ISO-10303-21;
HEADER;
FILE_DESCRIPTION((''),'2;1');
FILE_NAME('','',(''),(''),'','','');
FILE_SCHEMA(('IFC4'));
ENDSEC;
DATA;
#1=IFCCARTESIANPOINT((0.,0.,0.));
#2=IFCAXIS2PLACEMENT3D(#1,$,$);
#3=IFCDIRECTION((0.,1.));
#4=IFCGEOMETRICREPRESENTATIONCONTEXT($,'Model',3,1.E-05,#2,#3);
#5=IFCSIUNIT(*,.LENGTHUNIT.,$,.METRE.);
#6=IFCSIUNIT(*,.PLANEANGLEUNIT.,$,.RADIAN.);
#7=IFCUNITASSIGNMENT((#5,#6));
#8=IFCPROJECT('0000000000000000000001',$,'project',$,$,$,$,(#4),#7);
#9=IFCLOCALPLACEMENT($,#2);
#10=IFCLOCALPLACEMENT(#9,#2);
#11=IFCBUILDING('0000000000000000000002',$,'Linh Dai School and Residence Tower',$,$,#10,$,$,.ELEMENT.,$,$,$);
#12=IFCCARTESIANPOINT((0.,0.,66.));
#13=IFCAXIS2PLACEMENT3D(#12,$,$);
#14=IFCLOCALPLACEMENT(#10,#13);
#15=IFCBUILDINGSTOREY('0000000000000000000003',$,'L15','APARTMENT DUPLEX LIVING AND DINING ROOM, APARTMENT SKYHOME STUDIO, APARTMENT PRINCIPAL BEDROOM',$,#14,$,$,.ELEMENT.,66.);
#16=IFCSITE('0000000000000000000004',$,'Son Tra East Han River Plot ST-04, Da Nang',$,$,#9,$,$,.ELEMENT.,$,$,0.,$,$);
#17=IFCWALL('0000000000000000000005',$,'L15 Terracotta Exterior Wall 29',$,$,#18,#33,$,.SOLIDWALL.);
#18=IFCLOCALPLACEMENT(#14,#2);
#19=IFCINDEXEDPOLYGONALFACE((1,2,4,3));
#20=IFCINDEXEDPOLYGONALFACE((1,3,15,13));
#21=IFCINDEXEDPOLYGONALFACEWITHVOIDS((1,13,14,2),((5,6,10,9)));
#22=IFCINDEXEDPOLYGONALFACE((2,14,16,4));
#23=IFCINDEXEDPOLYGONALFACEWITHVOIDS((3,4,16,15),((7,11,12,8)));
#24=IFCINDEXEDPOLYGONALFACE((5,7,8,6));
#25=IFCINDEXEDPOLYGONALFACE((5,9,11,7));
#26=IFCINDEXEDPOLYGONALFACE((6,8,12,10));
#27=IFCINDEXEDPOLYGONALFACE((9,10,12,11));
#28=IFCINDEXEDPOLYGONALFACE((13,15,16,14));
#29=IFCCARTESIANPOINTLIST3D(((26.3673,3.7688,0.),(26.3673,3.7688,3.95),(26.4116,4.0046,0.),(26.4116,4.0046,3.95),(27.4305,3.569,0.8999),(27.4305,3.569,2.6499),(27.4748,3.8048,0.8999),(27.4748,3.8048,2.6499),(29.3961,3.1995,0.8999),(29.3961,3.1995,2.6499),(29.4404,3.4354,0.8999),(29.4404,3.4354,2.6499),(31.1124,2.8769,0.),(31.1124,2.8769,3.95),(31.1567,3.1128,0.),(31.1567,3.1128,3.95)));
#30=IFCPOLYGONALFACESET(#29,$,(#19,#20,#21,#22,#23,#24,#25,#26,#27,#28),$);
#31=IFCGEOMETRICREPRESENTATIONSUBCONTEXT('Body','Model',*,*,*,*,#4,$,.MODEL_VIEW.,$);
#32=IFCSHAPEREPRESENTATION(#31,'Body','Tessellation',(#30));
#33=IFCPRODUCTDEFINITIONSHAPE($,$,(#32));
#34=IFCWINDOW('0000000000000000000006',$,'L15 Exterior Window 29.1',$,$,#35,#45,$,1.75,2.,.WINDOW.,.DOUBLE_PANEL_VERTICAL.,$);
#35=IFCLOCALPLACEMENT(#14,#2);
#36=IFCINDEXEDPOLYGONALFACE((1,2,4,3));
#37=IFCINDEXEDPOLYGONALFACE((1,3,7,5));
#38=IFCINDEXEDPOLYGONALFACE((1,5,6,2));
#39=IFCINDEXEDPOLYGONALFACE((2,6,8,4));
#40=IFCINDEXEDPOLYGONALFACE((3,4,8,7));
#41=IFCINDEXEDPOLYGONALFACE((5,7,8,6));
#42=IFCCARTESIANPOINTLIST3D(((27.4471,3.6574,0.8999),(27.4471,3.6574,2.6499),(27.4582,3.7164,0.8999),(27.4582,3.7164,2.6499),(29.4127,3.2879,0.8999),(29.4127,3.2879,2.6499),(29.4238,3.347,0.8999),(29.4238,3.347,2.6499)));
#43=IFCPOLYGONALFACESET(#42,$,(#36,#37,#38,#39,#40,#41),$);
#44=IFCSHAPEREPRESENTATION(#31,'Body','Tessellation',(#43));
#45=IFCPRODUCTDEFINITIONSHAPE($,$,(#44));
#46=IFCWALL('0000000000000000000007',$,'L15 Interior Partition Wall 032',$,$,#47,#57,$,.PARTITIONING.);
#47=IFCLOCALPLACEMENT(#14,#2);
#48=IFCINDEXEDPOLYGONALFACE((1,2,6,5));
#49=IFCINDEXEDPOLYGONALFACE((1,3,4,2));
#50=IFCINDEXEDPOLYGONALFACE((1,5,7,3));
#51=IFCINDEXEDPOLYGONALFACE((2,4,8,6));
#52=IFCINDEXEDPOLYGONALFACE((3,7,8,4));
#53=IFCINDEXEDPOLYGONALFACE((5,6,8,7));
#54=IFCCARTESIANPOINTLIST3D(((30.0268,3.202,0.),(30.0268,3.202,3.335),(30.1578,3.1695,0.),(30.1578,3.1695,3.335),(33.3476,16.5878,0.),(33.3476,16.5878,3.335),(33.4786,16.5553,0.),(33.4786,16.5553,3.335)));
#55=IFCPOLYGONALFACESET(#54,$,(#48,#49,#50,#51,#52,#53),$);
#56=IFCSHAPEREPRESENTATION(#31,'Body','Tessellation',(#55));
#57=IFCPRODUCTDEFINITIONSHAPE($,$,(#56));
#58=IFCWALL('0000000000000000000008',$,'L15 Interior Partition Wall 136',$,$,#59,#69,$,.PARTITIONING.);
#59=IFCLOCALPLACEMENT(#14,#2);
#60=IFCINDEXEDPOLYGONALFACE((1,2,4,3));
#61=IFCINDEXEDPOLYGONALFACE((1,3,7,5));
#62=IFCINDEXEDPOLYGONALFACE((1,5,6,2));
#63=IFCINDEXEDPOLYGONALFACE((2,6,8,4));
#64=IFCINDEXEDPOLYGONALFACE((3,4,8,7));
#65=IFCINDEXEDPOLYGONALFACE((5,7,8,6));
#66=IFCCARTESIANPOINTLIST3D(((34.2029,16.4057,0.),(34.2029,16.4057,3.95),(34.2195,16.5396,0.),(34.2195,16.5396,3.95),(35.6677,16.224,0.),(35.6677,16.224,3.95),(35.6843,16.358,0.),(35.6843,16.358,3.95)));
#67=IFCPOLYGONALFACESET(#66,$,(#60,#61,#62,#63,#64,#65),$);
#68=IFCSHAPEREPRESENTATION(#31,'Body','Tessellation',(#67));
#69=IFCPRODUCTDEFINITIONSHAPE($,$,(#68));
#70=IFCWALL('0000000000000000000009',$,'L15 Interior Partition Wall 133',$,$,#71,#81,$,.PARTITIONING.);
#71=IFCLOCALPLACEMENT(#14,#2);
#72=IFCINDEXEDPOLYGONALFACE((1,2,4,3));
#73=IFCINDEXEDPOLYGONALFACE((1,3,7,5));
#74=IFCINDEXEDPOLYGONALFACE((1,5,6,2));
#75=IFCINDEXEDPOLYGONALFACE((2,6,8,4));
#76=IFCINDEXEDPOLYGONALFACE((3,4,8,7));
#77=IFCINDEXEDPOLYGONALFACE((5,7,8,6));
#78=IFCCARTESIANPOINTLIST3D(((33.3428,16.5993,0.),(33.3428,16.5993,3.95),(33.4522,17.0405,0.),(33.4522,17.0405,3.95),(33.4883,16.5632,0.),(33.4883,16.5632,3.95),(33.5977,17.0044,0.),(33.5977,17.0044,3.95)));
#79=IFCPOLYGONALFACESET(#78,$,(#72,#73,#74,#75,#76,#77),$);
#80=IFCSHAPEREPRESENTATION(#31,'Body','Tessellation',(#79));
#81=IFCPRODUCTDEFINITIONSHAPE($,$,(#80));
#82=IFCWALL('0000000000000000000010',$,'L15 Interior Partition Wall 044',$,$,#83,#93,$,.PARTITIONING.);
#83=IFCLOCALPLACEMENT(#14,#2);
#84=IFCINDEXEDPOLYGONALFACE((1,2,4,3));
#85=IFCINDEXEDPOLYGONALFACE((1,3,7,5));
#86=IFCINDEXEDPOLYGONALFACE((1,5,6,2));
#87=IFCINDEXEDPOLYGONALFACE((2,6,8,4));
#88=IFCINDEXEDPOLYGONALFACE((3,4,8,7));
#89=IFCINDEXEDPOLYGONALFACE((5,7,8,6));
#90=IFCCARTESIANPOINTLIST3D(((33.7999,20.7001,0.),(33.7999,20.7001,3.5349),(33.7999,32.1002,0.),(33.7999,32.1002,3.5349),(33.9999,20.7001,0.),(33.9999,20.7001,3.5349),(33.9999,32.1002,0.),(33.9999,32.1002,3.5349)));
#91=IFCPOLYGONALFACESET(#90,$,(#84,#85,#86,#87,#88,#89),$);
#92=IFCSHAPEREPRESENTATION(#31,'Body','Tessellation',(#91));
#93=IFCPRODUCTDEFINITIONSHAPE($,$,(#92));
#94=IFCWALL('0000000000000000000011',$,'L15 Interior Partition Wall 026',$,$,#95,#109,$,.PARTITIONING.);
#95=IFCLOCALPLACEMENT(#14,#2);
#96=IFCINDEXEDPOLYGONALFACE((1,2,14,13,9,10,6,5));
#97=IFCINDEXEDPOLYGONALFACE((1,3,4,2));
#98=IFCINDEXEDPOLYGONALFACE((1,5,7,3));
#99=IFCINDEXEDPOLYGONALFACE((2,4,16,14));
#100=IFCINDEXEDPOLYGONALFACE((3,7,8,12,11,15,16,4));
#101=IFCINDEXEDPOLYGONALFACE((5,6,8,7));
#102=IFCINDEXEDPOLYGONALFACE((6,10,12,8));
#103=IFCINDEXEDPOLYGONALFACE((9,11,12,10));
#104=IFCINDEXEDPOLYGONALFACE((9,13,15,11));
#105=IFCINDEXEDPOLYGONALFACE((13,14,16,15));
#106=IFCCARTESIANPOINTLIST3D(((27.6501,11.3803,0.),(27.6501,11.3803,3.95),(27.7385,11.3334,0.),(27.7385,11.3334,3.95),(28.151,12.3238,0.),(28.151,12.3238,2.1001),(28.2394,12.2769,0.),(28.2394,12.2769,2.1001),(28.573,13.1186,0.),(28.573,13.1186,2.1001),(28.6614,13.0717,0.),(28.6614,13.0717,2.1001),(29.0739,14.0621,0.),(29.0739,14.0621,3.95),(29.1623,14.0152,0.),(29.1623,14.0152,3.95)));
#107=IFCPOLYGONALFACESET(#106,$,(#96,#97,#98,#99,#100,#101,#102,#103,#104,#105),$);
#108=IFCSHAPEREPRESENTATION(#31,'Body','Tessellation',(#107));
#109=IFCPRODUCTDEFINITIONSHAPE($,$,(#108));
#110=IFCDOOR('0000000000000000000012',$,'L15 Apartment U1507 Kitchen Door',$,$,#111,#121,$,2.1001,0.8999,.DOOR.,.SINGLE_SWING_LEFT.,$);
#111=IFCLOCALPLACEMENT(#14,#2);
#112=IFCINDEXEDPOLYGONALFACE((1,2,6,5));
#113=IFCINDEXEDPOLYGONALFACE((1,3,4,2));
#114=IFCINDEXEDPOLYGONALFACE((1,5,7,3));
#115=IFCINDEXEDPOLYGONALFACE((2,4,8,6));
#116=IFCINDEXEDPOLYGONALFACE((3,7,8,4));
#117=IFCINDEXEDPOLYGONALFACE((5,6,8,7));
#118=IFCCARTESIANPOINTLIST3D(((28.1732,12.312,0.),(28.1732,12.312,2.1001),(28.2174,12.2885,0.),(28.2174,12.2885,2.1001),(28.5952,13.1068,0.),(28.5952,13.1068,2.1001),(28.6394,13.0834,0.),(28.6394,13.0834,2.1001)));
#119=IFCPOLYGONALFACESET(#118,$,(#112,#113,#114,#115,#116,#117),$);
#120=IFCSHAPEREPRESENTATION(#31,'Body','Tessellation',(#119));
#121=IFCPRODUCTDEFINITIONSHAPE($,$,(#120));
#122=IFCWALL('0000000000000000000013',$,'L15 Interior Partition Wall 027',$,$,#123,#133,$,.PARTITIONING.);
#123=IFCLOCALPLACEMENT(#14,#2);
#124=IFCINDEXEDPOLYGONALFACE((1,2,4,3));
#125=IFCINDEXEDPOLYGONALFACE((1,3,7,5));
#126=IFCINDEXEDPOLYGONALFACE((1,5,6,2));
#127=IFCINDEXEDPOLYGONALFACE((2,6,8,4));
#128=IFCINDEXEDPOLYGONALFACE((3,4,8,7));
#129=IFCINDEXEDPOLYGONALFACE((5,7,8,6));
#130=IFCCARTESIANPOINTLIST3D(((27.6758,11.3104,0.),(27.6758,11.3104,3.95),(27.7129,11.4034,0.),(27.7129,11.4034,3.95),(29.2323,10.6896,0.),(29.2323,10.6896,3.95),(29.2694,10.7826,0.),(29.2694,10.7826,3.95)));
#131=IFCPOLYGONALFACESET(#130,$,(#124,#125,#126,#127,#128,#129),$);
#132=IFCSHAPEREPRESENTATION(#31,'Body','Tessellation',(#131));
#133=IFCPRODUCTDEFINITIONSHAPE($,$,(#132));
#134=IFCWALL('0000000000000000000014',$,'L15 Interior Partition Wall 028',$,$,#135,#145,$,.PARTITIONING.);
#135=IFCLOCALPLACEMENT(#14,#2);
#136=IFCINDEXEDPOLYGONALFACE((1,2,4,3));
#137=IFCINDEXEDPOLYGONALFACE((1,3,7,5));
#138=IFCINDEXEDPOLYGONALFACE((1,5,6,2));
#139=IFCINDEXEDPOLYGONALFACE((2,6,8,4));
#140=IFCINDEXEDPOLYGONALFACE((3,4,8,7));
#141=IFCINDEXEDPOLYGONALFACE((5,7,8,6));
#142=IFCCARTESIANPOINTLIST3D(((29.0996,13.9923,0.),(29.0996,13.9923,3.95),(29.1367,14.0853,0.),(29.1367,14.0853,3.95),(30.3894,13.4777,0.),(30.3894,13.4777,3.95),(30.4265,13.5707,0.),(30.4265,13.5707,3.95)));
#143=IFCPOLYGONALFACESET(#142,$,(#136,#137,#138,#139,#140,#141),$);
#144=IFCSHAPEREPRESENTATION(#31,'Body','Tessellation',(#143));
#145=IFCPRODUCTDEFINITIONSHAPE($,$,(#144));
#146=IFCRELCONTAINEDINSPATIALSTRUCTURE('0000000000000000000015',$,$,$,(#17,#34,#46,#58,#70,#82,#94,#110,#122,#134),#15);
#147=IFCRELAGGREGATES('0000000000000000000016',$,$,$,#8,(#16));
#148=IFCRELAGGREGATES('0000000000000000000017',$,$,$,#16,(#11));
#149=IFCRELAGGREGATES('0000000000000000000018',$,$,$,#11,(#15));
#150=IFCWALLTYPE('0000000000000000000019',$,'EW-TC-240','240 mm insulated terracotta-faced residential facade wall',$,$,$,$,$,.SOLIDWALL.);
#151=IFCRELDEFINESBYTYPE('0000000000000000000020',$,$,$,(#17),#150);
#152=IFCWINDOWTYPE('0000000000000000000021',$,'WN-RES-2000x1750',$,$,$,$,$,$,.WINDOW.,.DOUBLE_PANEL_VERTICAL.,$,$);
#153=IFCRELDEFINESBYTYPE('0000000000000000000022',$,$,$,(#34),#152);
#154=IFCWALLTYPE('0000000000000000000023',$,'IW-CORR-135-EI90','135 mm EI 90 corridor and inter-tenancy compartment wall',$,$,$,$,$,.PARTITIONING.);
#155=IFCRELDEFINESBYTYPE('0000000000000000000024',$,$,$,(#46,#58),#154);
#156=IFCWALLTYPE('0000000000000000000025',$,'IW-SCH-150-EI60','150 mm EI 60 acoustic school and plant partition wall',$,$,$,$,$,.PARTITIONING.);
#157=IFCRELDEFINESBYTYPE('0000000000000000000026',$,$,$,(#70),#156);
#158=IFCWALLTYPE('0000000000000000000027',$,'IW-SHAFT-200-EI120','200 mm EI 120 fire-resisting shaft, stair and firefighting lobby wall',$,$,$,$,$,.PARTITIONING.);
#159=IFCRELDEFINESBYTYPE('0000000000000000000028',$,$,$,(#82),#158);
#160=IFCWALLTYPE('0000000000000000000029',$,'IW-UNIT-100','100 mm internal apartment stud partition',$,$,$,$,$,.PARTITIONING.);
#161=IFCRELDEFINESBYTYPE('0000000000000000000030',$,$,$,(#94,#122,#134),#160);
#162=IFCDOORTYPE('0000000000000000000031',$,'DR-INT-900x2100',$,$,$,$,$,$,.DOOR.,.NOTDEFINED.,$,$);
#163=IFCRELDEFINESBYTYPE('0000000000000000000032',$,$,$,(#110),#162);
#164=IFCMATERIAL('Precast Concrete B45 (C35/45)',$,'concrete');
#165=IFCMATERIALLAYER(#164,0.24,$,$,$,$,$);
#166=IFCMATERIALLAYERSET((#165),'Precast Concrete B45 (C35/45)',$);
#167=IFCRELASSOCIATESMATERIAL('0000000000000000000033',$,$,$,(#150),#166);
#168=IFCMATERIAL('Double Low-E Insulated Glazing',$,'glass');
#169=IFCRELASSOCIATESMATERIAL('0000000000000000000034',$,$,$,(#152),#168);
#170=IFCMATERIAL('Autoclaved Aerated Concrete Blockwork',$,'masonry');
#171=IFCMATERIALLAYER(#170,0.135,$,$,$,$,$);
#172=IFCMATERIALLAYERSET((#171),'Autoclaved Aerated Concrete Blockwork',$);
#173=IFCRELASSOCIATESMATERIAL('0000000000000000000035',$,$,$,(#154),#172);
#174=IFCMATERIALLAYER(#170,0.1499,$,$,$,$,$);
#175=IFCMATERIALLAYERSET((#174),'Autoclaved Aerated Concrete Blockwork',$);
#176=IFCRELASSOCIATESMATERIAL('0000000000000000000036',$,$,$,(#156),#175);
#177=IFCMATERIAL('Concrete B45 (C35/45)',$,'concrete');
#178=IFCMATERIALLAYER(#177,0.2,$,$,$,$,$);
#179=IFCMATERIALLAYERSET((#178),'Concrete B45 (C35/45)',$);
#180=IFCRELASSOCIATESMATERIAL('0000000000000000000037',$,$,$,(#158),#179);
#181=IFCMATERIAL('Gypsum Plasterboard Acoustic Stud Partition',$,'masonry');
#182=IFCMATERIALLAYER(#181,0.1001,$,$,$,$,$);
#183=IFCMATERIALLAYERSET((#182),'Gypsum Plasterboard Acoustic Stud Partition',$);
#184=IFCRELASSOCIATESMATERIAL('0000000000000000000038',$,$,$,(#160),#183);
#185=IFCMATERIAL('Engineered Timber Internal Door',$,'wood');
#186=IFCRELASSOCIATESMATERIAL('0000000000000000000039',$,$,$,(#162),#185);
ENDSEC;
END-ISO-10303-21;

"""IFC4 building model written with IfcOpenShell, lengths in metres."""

from ifc_helpers import new_model, si_unit, direction, frame, frame_2d, origin, origin_2d, place, context, subcontext, project, spatial, rectangle, extrude, source, transform, mapped, material, layer, layer_set, type_object, element, fill, save


model = new_model("IFC4")

# Units and contexts
model_context = context("Model", 3, precision=1e-05, world=origin(), true_north=direction((0.0, 1.0)))
body_context = subcontext(model_context, "Body", "Model", "MODEL_VIEW")
ifc_project = project(units=[si_unit("LENGTHUNIT", "METRE"), si_unit("PLANEANGLEUNIT", "RADIAN")], contexts=[model_context])

# Site, building, storey
site_placement = place(None, origin())
site = spatial("IfcSite", under=ifc_project, at=site_placement, Name="Son Tra East Han River Plot ST-04, Da Nang", CompositionType="ELEMENT", RefElevation=0.0)
building_placement = place(site_placement, origin())
building = spatial("IfcBuilding", under=site, at=building_placement, Name="Linh Dai School and Residence Tower", CompositionType="ELEMENT")
storey_placement = place(building_placement, frame((0.0, 0.0, 66.0)))
storey = spatial("IfcBuildingStorey", under=building, at=storey_placement, Name="L15", Description="APARTMENT DUPLEX LIVING AND DINING ROOM, APARTMENT SKYHOME STUDIO, APARTMENT PRINCIPAL BEDROOM", CompositionType="ELEMENT", Elevation=66.0)

# Shared definitions
ifc_material_1 = material(Name="Precast Concrete B45 (C35/45)", Category="concrete")

# Wall, opening, window
ifc_layer_1 = layer(ifc_material_1, 0.24)
ifc_layer_set_1 = layer_set([ifc_layer_1], Name="Precast Concrete B45 (C35/45)")
wall_type_1 = type_object("IfcWallType", Name="EW-TC-240", Description="240 mm insulated terracotta-faced residential facade wall", PredefinedType="SOLIDWALL", material=ifc_layer_set_1)
wall_1_placement = place(storey_placement, frame((31.1345, 2.9949, 0.0), z_axis=(0.0, 0.0, 1.0), x_axis=(-0.982792, 0.184716, 0.0)))
wall_1 = element("IfcWall", 1, at=wall_1_placement, inside=storey, type_object=wall_type_1, Name="L15 Terracotta Exterior Wall 29", PredefinedType="SOLIDWALL", context=body_context, shape_type="SweptSolid", body=[
    extrude(rectangle(XDim=4.8281, YDim=0.24, at=frame_2d((2.4141, 0.0))), origin(), (0.0, 0.0, 1.0), 3.95),
])
opening_1_placement = place(wall_1_placement, frame((1.7463, 0.0, 0.8999)))
opening_1 = element("IfcOpeningElement", 2, at=opening_1_placement, cuts=wall_1, PredefinedType="OPENING", context=body_context, shape_type="SweptSolid", body=[
    extrude(rectangle(XDim=2.0, YDim=1.75, at=origin_2d()), frame((1.0, 0.1299, 0.875), z_axis=(0.0, -1.0, 0.0), x_axis=(1.0, 0.0, 0.0)), (0.0, 0.0, 1.0), 0.26),
])
ifc_material_2 = material(Name="Double Low-E Insulated Glazing", Category="glass")
window_type = type_object("IfcWindowType", Name="WN-RES-2000x1750", PartitioningType="DOUBLE_PANEL_VERTICAL", PredefinedType="WINDOW", material=ifc_material_2)
shared_shape_1 = source(origin(), body_context, "Body", "SweptSolid", [
    extrude(rectangle(XDim=2.0, YDim=1.75, at=origin_2d()), frame((1.0, 0.03, 0.875), z_axis=(0.0, -1.0, 0.0), x_axis=(1.0, 0.0, 0.0)), (0.0, 0.0, 1.0), 0.0601),
])
window_placement = place(opening_1_placement, origin())
window = element("IfcWindow", 3, at=window_placement, inside=storey, type_object=window_type, Name="L15 Exterior Window 29.1", OverallHeight=1.75, OverallWidth=2.0, PartitioningType="DOUBLE_PANEL_VERTICAL", PredefinedType="WINDOW", context=body_context, shape_type="MappedRepresentation", body=[
    mapped(shared_shape_1, transform((0.0, 0.0, 0.0), x_axis=(1.0, 0.0, 0.0), y_axis=(0.0, 1.0, 0.0), z_axis=(0.0, 0.0, 1.0), scale=1.0)),
])
fill(opening_1, window)

# Walls
ifc_material_3 = material(Name="Autoclaved Aerated Concrete Blockwork", Category="masonry")
ifc_layer_2 = layer(ifc_material_3, 0.135)
ifc_layer_set_2 = layer_set([ifc_layer_2], Name="Autoclaved Aerated Concrete Blockwork")
wall_type_2 = type_object("IfcWallType", Name="IW-CORR-135-EI90", Description="135 mm EI 90 corridor and inter-tenancy compartment wall", PredefinedType="PARTITIONING", material=ifc_layer_set_2)
wall_2_placement = place(storey_placement, frame((30.0923, 3.1858, 0.0), z_axis=(0.0, 0.0, 1.0), x_axis=(0.240786, 0.970578, 0.0)))
element("IfcWall", 4, at=wall_2_placement, inside=storey, type_object=wall_type_2, Name="L15 Interior Partition Wall 032", PredefinedType="PARTITIONING", context=body_context, shape_type="SweptSolid", body=[
    extrude(rectangle(XDim=13.7915, YDim=0.135, at=frame_2d((6.8958, 0.0))), origin(), (0.0, 0.0, 1.0), 3.335),
])
wall_3_placement = place(storey_placement, frame((34.2112, 16.4727, 0.0), z_axis=(0.0, 0.0, 1.0), x_axis=(0.9924, -0.123058, 0.0)))
element("IfcWall", 5, at=wall_3_placement, inside=storey, type_object=wall_type_2, Name="L15 Interior Partition Wall 136", PredefinedType="PARTITIONING", context=body_context, shape_type="SweptSolid", body=[
    extrude(rectangle(XDim=1.4761, YDim=0.135, at=frame_2d((0.738, 0.0))), origin(), (0.0, 0.0, 1.0), 3.95),
])
ifc_layer_3 = layer(ifc_material_3, 0.1499)
ifc_layer_set_3 = layer_set([ifc_layer_3], Name="Autoclaved Aerated Concrete Blockwork")
wall_type_3 = type_object("IfcWallType", Name="IW-SCH-150-EI60", Description="150 mm EI 60 acoustic school and plant partition wall", PredefinedType="PARTITIONING", material=ifc_layer_set_3)
wall_4_placement = place(storey_placement, frame((33.5249, 17.0225, 0.0), z_axis=(0.0, 0.0, 1.0), x_axis=(-0.240639, -0.970615, 0.0)))
element("IfcWall", 6, at=wall_4_placement, inside=storey, type_object=wall_type_3, Name="L15 Interior Partition Wall 133", PredefinedType="PARTITIONING", context=body_context, shape_type="SweptSolid", body=[
    extrude(rectangle(XDim=0.4546, YDim=0.1499, at=frame_2d((0.2273, 0.0))), origin(), (0.0, 0.0, 1.0), 3.95),
])
ifc_material_4 = material(Name="Concrete B45 (C35/45)", Category="concrete")
ifc_layer_4 = layer(ifc_material_4, 0.2)
ifc_layer_set_4 = layer_set([ifc_layer_4], Name="Concrete B45 (C35/45)")
wall_type_4 = type_object("IfcWallType", Name="IW-SHAFT-200-EI120", Description="200 mm EI 120 fire-resisting shaft, stair and firefighting lobby wall", PredefinedType="PARTITIONING", material=ifc_layer_set_4)
wall_5_placement = place(storey_placement, frame((33.8999, 20.7, 0.0), z_axis=(0.0, 0.0, 1.0), x_axis=(0.0, 1.0, 0.0)))
element("IfcWall", 7, at=wall_5_placement, inside=storey, type_object=wall_type_4, Name="L15 Interior Partition Wall 044", PredefinedType="PARTITIONING", context=body_context, shape_type="SweptSolid", body=[
    extrude(rectangle(XDim=11.4001, YDim=0.2, at=frame_2d((5.7002, 0.0))), origin(), (0.0, 0.0, 1.0), 3.5349),
])

# Wall, opening, door
ifc_material_5 = material(Name="Gypsum Plasterboard Acoustic Stud Partition", Category="masonry")
ifc_layer_5 = layer(ifc_material_5, 0.1001)
ifc_layer_set_5 = layer_set([ifc_layer_5], Name="Gypsum Plasterboard Acoustic Stud Partition")
wall_type_5 = type_object("IfcWallType", Name="IW-UNIT-100", Description="100 mm internal apartment stud partition", PredefinedType="PARTITIONING", material=ifc_layer_set_5)
wall_6_placement = place(storey_placement, frame((27.6943, 11.3569, 0.0), z_axis=(0.0, 0.0, 1.0), x_axis=(0.468918, 0.883242, 0.0)))
wall_6 = element("IfcWall", 8, at=wall_6_placement, inside=storey, type_object=wall_type_5, Name="L15 Interior Partition Wall 026", PredefinedType="PARTITIONING", context=body_context, shape_type="SweptSolid", body=[
    extrude(rectangle(XDim=3.0364, YDim=0.1001, at=frame_2d((1.5181, 0.0))), origin(), (0.0, 0.0, 1.0), 3.95),
])
opening_2_placement = place(wall_6_placement, frame((1.0681, 0.0, 0.0)))
opening_2 = element("IfcOpeningElement", 9, at=opening_2_placement, cuts=wall_6, PredefinedType="OPENING", context=body_context, shape_type="SweptSolid", body=[
    extrude(rectangle(XDim=0.8999, YDim=2.1001, at=origin_2d()), frame((0.45, 0.0601, 1.05), z_axis=(0.0, -1.0, 0.0), x_axis=(1.0, 0.0, 0.0)), (0.0, 0.0, 1.0), 0.1201),
])
ifc_material_6 = material(Name="Engineered Timber Internal Door", Category="wood")
door_type_1 = type_object("IfcDoorType", Name="DR-INT-900x2100", OperationType="NOTDEFINED", PredefinedType="DOOR", material=ifc_material_6)
shared_shape_2 = source(origin(), body_context, "Body", "SweptSolid", [
    extrude(rectangle(XDim=0.8999, YDim=2.1001, at=origin_2d()), frame((0.45, 0.0249, 1.05), z_axis=(0.0, -1.0, 0.0), x_axis=(1.0, 0.0, 0.0)), (0.0, 0.0, 1.0), 0.05),
])
door_1_placement = place(opening_2_placement, origin())
door_1 = element("IfcDoor", 10, at=door_1_placement, inside=storey, type_object=door_type_1, Name="L15 Apartment U1507 Kitchen Door", OperationType="SINGLE_SWING_LEFT", OverallHeight=2.1001, OverallWidth=0.8999, PredefinedType="DOOR", context=body_context, shape_type="MappedRepresentation", body=[
    mapped(shared_shape_2, transform((0.0, 0.0, 0.0), x_axis=(1.0, 0.0, 0.0), y_axis=(0.0, 1.0, 0.0), z_axis=(0.0, 0.0, 1.0), scale=1.0)),
])
fill(opening_2, door_1)

# Walls
wall_7_placement = place(storey_placement, frame((27.6943, 11.3569, 0.0), z_axis=(0.0, 0.0, 1.0), x_axis=(0.928848, -0.370461, 0.0)))
element("IfcWall", 11, at=wall_7_placement, inside=storey, type_object=wall_type_5, Name="L15 Interior Partition Wall 027", PredefinedType="PARTITIONING", context=body_context, shape_type="SweptSolid", body=[
    extrude(rectangle(XDim=1.6758, YDim=0.1001, at=frame_2d((0.8379, 0.0))), origin(), (0.0, 0.0, 1.0), 3.95),
])
wall_8_placement = place(storey_placement, frame((29.1182, 14.0388, 0.0), z_axis=(0.0, 0.0, 1.0), x_axis=(0.928792, -0.370602, 0.0)))
element("IfcWall", 12, at=wall_8_placement, inside=storey, type_object=wall_type_5, Name="L15 Interior Partition Wall 028", PredefinedType="PARTITIONING", context=body_context, shape_type="SweptSolid", body=[
    extrude(rectangle(XDim=1.3887, YDim=0.1001, at=frame_2d((0.6943, 0.0))), origin(), (0.0, 0.0, 1.0), 3.95),
])

save(model, "model.ifc")
